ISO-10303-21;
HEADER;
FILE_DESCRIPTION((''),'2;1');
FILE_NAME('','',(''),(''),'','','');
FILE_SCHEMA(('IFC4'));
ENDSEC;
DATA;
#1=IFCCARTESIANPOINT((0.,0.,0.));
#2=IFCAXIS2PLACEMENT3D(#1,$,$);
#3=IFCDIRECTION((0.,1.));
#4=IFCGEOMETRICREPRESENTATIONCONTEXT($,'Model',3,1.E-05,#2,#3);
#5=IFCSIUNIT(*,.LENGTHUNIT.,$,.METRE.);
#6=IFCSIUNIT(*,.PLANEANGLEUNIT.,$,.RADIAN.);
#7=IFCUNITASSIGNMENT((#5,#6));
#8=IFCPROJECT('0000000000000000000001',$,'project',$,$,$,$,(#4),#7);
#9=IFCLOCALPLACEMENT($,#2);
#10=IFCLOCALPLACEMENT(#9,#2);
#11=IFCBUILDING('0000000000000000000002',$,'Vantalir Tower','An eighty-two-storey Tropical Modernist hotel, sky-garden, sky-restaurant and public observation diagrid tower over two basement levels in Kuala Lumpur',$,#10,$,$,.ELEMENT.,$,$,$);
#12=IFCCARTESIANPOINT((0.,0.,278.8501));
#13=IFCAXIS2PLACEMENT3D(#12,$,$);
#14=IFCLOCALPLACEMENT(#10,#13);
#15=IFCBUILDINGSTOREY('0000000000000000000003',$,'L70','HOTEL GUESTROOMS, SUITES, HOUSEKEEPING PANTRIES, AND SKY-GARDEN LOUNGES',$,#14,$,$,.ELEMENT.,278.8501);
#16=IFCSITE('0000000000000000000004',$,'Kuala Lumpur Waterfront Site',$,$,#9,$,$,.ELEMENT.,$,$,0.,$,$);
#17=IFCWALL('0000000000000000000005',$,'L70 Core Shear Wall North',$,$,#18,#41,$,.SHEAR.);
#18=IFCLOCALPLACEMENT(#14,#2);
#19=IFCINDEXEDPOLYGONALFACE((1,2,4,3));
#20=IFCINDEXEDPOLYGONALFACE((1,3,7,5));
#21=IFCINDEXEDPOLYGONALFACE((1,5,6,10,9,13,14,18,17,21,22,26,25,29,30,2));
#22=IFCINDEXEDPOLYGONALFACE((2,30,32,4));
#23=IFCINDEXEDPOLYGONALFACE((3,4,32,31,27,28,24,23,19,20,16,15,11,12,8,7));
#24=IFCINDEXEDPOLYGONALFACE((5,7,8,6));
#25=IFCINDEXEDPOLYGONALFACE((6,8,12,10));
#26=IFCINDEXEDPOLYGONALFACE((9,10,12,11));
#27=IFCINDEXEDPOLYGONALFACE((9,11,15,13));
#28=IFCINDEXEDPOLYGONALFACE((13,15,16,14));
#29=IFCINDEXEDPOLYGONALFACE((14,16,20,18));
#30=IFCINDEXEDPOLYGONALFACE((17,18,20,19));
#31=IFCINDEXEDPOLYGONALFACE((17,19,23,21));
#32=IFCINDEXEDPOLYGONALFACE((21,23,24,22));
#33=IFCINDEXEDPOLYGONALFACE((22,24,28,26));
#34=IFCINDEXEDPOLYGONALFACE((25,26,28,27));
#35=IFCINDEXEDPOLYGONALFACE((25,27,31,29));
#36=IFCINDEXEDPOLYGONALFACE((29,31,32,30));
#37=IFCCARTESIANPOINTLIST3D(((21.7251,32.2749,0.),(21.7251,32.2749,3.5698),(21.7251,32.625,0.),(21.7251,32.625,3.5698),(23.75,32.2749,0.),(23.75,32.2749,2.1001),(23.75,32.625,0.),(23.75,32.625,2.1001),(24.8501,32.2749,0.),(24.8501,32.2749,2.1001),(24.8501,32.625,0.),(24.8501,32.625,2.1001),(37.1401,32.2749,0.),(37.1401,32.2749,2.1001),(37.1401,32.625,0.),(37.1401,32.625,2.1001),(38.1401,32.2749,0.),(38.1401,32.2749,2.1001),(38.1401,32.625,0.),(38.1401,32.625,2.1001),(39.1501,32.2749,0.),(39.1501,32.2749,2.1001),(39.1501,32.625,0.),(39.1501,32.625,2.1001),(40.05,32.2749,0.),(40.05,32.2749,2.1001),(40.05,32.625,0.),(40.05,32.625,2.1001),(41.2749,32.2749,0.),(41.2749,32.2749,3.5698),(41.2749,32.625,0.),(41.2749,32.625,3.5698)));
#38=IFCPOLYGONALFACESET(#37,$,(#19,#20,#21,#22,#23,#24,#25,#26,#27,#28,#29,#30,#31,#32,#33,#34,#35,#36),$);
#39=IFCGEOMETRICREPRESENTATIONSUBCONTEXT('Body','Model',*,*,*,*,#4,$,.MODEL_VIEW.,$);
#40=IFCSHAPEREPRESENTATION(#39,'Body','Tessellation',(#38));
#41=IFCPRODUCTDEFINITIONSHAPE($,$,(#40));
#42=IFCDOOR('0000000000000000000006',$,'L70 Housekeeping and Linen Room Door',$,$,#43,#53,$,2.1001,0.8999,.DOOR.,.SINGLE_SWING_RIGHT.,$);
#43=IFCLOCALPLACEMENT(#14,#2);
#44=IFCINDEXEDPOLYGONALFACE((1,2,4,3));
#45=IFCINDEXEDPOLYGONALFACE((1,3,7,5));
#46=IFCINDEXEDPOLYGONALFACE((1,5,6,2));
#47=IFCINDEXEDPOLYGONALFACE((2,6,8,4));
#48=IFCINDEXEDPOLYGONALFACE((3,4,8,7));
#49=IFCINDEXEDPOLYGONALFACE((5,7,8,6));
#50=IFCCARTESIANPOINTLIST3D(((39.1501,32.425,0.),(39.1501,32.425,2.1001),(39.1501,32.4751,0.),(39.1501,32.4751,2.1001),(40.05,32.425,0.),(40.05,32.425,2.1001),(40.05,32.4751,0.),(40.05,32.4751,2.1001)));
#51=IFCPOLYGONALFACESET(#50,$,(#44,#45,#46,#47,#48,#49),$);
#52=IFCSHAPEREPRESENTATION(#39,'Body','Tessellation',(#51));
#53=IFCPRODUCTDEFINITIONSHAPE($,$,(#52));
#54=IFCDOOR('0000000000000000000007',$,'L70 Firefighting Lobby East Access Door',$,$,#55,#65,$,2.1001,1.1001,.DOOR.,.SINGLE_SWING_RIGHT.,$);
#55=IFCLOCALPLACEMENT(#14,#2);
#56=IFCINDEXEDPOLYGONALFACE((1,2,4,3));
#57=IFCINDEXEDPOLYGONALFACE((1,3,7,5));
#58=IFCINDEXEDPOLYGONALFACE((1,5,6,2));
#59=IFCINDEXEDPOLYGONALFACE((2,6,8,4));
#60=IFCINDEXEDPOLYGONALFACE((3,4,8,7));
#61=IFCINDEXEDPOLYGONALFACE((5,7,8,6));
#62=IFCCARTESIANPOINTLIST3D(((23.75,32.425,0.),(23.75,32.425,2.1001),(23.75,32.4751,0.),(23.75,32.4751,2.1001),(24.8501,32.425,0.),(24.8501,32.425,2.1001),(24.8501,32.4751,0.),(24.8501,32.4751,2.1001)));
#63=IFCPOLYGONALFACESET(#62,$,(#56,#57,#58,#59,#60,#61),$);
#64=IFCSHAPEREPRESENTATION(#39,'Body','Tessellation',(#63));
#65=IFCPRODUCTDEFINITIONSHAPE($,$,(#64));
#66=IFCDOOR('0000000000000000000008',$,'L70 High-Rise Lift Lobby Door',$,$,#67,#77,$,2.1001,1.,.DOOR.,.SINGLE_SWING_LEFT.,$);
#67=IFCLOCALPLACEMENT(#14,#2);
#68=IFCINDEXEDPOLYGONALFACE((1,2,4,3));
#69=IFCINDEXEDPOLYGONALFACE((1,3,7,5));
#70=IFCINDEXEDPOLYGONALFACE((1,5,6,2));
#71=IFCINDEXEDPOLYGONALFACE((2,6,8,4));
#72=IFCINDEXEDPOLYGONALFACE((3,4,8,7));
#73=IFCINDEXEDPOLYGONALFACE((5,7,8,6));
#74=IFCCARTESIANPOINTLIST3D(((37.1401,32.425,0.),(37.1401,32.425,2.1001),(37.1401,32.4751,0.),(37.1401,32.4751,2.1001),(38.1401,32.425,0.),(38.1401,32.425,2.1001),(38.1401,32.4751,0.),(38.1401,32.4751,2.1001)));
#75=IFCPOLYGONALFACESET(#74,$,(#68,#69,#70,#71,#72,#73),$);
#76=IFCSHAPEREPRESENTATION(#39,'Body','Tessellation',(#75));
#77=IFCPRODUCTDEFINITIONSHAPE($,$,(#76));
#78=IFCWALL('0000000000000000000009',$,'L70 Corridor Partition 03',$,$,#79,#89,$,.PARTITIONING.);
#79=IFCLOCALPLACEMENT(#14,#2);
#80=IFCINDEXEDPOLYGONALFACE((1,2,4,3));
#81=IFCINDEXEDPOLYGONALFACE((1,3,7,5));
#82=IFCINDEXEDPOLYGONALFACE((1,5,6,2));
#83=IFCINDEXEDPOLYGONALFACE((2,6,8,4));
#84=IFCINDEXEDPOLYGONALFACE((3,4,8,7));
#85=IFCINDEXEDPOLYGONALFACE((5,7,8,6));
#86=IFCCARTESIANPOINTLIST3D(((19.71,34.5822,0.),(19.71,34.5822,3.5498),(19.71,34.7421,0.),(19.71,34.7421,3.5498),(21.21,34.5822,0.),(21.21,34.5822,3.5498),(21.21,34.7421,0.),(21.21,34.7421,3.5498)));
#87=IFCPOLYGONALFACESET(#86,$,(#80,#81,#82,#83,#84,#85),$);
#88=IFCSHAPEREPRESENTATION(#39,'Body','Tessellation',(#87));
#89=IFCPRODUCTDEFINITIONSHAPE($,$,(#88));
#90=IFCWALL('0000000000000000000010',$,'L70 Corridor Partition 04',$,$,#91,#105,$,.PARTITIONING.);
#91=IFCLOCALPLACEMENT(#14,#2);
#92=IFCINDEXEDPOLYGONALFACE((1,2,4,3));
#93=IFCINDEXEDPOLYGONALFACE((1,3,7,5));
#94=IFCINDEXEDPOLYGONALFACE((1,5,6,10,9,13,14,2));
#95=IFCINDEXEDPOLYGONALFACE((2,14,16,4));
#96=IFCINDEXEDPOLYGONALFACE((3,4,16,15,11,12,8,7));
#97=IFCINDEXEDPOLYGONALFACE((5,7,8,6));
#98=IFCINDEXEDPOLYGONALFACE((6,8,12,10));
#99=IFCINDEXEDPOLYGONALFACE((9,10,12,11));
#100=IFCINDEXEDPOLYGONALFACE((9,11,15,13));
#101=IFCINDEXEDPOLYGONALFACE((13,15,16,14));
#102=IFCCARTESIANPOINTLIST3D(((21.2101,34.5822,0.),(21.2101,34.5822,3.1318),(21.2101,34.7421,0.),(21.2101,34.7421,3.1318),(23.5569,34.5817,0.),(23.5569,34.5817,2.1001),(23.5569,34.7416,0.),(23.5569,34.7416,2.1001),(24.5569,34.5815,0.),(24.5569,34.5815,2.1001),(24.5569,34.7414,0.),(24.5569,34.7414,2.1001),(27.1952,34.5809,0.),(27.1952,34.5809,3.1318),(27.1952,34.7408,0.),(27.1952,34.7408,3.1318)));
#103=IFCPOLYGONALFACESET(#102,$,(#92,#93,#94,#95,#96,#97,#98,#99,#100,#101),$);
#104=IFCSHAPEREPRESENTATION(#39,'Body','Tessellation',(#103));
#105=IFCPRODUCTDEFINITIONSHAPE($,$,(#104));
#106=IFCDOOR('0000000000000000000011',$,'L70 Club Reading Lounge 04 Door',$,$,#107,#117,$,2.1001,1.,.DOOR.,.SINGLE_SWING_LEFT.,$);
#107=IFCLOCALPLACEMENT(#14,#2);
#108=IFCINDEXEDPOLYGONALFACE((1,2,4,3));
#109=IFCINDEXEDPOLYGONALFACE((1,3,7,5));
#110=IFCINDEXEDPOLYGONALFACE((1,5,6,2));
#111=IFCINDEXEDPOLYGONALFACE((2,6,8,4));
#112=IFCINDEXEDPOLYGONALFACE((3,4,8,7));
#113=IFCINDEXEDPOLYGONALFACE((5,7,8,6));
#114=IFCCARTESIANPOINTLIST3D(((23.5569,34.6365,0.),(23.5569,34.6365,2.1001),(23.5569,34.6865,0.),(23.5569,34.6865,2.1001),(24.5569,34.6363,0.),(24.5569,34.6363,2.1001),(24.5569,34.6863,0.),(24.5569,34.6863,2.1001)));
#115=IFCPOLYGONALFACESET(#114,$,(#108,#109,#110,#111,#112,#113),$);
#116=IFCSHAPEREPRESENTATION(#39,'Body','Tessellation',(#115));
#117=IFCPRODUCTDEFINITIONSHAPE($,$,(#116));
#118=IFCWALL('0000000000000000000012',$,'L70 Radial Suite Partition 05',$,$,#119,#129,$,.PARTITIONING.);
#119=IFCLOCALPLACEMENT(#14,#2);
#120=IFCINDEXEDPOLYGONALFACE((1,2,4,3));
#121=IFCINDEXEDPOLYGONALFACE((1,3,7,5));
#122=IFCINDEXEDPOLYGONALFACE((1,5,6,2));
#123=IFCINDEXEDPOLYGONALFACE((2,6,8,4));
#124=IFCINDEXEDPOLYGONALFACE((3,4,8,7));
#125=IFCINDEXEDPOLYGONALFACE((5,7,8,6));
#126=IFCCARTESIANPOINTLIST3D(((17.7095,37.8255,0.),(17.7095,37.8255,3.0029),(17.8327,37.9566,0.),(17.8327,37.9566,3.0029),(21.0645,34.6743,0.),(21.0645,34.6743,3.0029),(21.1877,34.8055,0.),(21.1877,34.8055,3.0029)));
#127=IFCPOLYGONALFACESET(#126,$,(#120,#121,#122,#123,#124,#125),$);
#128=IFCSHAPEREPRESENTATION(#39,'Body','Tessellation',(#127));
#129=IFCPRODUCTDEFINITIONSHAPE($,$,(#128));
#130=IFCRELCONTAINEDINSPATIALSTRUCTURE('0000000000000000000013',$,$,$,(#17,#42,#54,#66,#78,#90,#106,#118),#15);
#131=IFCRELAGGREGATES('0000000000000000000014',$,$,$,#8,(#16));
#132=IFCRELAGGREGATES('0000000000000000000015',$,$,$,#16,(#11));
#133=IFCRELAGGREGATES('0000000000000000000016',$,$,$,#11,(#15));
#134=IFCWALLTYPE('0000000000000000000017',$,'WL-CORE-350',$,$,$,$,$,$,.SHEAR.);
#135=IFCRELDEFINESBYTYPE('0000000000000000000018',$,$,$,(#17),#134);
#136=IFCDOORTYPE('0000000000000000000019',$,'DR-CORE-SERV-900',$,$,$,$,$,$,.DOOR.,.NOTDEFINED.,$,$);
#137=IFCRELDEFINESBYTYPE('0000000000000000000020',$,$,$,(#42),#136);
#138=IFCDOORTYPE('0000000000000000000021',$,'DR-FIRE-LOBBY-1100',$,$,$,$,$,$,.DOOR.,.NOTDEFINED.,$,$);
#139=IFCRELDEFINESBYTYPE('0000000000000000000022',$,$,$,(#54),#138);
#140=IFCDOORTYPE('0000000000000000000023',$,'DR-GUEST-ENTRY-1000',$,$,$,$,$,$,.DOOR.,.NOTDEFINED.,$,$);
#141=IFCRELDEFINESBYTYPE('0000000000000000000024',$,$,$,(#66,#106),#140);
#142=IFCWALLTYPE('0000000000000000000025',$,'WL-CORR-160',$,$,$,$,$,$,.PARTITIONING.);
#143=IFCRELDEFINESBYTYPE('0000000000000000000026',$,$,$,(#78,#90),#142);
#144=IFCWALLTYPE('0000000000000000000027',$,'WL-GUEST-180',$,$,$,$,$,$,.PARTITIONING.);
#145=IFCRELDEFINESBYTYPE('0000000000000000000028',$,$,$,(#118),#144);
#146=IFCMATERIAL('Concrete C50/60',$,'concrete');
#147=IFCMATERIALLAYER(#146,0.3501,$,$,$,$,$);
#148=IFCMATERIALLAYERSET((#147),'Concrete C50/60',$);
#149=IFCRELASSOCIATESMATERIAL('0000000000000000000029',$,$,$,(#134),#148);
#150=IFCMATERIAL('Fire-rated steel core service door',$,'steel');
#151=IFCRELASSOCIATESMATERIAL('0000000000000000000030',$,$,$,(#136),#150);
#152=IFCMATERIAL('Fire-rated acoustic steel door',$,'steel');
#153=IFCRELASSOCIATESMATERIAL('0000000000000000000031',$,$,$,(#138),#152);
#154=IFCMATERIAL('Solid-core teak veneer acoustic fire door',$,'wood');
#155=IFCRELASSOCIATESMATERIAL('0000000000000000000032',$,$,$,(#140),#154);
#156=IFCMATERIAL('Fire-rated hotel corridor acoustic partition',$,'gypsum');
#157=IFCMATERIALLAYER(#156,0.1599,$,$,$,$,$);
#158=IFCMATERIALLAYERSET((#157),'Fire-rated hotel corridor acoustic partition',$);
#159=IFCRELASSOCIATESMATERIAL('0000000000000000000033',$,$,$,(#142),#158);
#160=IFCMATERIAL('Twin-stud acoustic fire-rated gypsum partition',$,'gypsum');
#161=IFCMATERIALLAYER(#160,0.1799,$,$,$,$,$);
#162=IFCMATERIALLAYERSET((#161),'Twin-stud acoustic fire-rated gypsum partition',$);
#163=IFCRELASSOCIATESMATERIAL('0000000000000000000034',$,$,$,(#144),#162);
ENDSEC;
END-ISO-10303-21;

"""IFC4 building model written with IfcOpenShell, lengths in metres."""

from ifc_helpers import new_model, si_unit, direction, frame, frame_2d, origin, place, context, subcontext, project, spatial, rectangle, extrude, material, layer, layer_set, type_object, element, fill, save


model = new_model("IFC4")

# Units and contexts
model_context = context("Model", 3, precision=1e-05, world=origin(), true_north=direction((0.0, 1.0)))
body_context = subcontext(model_context, "Body", "Model", "MODEL_VIEW")
ifc_project = project(units=[si_unit("LENGTHUNIT", "METRE"), si_unit("PLANEANGLEUNIT", "RADIAN")], contexts=[model_context])

# Site, building, storey
site_placement = place(None, origin())
site = spatial("IfcSite", under=ifc_project, at=site_placement, Name="Kuala Lumpur Waterfront Site", CompositionType="ELEMENT", RefElevation=0.0)
building_placement = place(site_placement, origin())
building = spatial("IfcBuilding", under=site, at=building_placement, Name="Vantalir Tower", Description="An eighty-two-storey Tropical Modernist hotel, sky-garden, sky-restaurant and public observation diagrid tower over two basement levels in Kuala Lumpur", CompositionType="ELEMENT")
storey_placement = place(building_placement, frame((0.0, 0.0, 278.8501)))
storey = spatial("IfcBuildingStorey", under=building, at=storey_placement, Name="L70", Description="HOTEL GUESTROOMS, SUITES, HOUSEKEEPING PANTRIES, AND SKY-GARDEN LOUNGES", CompositionType="ELEMENT", Elevation=278.8501)

# Wall, openings, doors
ifc_material_1 = material(Name="Concrete C50/60", Category="concrete")
ifc_layer_1 = layer(ifc_material_1, 0.3501)
ifc_layer_set_1 = layer_set([ifc_layer_1], Name="Concrete C50/60")
wall_type_1 = type_object("IfcWallType", Name="WL-CORE-350", PredefinedType="SHEAR", material=ifc_layer_set_1)
wall_1_placement = place(storey_placement, frame((21.7251, 32.45, 0.0), z_axis=(0.0, 0.0, 1.0), x_axis=(1.0, 0.0, 0.0)))
wall_1 = element("IfcWall", 1, at=wall_1_placement, inside=storey, type_object=wall_type_1, Name="L70 Core Shear Wall North", PredefinedType="SHEAR", context=body_context, shape_type="SweptSolid", body=[
    extrude(rectangle(XDim=19.5498, YDim=0.3501, at=frame_2d((9.7749, 0.0))), origin(), (0.0, 0.0, 1.0), 3.5698),
])
opening_1_placement = place(wall_1_placement, frame((2.0249, 0.0, 0.0)))
opening_1 = element("IfcOpeningElement", 2, at=opening_1_placement, cuts=wall_1, PredefinedType="OPENING", context=body_context, shape_type="SweptSolid", body=[
    extrude(rectangle(XDim=1.1001, YDim=2.1001, at=frame_2d((0.55, 1.05))), frame((0.0, 0.1851, 0.0), z_axis=(0.0, -1.0, 0.0), x_axis=(1.0, 0.0, 0.0)), (0.0, 0.0, 1.0), 0.3701),
])
opening_2_placement = place(wall_1_placement, frame((15.415, 0.0, 0.0)))
opening_2 = element("IfcOpeningElement", 3, at=opening_2_placement, cuts=wall_1, PredefinedType="OPENING", context=body_context, shape_type="SweptSolid", body=[
    extrude(rectangle(XDim=1.0, YDim=2.1001, at=frame_2d((0.5, 1.05))), frame((0.0, 0.1851, 0.0), z_axis=(0.0, -1.0, 0.0), x_axis=(1.0, 0.0, 0.0)), (0.0, 0.0, 1.0), 0.3701),
])
opening_3_placement = place(wall_1_placement, frame((17.425, 0.0, 0.0)))
opening_3 = element("IfcOpeningElement", 4, at=opening_3_placement, cuts=wall_1, PredefinedType="OPENING", context=body_context, shape_type="SweptSolid", body=[
    extrude(rectangle(XDim=0.8999, YDim=2.1001, at=frame_2d((0.45, 1.05))), frame((0.0, 0.1851, 0.0), z_axis=(0.0, -1.0, 0.0), x_axis=(1.0, 0.0, 0.0)), (0.0, 0.0, 1.0), 0.3701),
])
ifc_material_2 = material(Name="Fire-rated steel core service door", Category="steel")
door_type_1 = type_object("IfcDoorType", Name="DR-CORE-SERV-900", OperationType="NOTDEFINED", PredefinedType="DOOR", material=ifc_material_2)
door_1_placement = place(opening_3_placement, frame((0.8999, 0.0, 0.0), z_axis=(0.0, 0.0, 1.0), x_axis=(-1.0, 0.0, 0.0)))
door_1 = element("IfcDoor", 5, at=door_1_placement, inside=storey, type_object=door_type_1, Name="L70 Housekeeping and Linen Room Door", OperationType="SINGLE_SWING_RIGHT", OverallHeight=2.1001, OverallWidth=0.8999, PredefinedType="DOOR", context=body_context, shape_type="SweptSolid", body=[
    extrude(rectangle(XDim=0.8999, YDim=2.1001, at=frame_2d((0.45, 1.05))), frame((0.0, 0.0249, 0.0), z_axis=(0.0, -1.0, 0.0), x_axis=(1.0, 0.0, 0.0)), (0.0, 0.0, 1.0), 0.05),
])
fill(opening_3, door_1)
ifc_material_3 = material(Name="Fire-rated acoustic steel door", Category="steel")
door_type_2 = type_object("IfcDoorType", Name="DR-FIRE-LOBBY-1100", OperationType="NOTDEFINED", PredefinedType="DOOR", material=ifc_material_3)
door_2_placement = place(opening_1_placement, frame((1.1001, 0.0, 0.0), z_axis=(0.0, 0.0, 1.0), x_axis=(-1.0, 0.0, 0.0)))
door_2 = element("IfcDoor", 6, at=door_2_placement, inside=storey, type_object=door_type_2, Name="L70 Firefighting Lobby East Access Door", OperationType="SINGLE_SWING_RIGHT", OverallHeight=2.1001, OverallWidth=1.1001, PredefinedType="DOOR", context=body_context, shape_type="SweptSolid", body=[
    extrude(rectangle(XDim=1.1001, YDim=2.1001, at=frame_2d((0.55, 1.05))), frame((0.0, 0.0249, 0.0), z_axis=(0.0, -1.0, 0.0), x_axis=(1.0, 0.0, 0.0)), (0.0, 0.0, 1.0), 0.05),
])
fill(opening_1, door_2)
ifc_material_4 = material(Name="Solid-core teak veneer acoustic fire door", Category="wood")
door_type_3 = type_object("IfcDoorType", Name="DR-GUEST-ENTRY-1000", OperationType="NOTDEFINED", PredefinedType="DOOR", material=ifc_material_4)
door_3_placement = place(opening_2_placement, frame((1.0, 0.0, 0.0), z_axis=(0.0, 0.0, 1.0), x_axis=(-1.0, 0.0, 0.0)))
door_3 = element("IfcDoor", 7, at=door_3_placement, inside=storey, type_object=door_type_3, Name="L70 High-Rise Lift Lobby Door", OperationType="SINGLE_SWING_LEFT", OverallHeight=2.1001, OverallWidth=1.0, PredefinedType="DOOR", context=body_context, shape_type="SweptSolid", body=[
    extrude(rectangle(XDim=1.0, YDim=2.1001, at=frame_2d((0.5, 1.05))), frame((0.0, 0.0249, 0.0), z_axis=(0.0, -1.0, 0.0), x_axis=(1.0, 0.0, 0.0)), (0.0, 0.0, 1.0), 0.05),
])
fill(opening_2, door_3)

# Wall
ifc_material_5 = material(Name="Fire-rated hotel corridor acoustic partition", Category="gypsum")
ifc_layer_2 = layer(ifc_material_5, 0.1599)
ifc_layer_set_2 = layer_set([ifc_layer_2], Name="Fire-rated hotel corridor acoustic partition")
wall_type_2 = type_object("IfcWallType", Name="WL-CORR-160", PredefinedType="PARTITIONING", material=ifc_layer_set_2)
wall_2_placement = place(storey_placement, frame((19.71, 34.6621, 0.0), z_axis=(0.0, 0.0, 1.0), x_axis=(1.0, 0.0, 0.0)))
element("IfcWall", 8, at=wall_2_placement, inside=storey, type_object=wall_type_2, Name="L70 Corridor Partition 03", PredefinedType="PARTITIONING", context=body_context, shape_type="SweptSolid", body=[
    extrude(rectangle(XDim=1.5, YDim=0.1599, at=frame_2d((0.75, 0.0))), origin(), (0.0, 0.0, 1.0), 3.5498),
])

# Wall, opening, door
wall_3_placement = place(storey_placement, frame((21.21, 34.6621, 0.0), z_axis=(0.0, 0.0, 1.0), x_axis=(1.0, -0.000204, 0.0)))
wall_3 = element("IfcWall", 9, at=wall_3_placement, inside=storey, type_object=wall_type_2, Name="L70 Corridor Partition 04", PredefinedType="PARTITIONING", context=body_context, shape_type="SweptSolid", body=[
    extrude(rectangle(XDim=5.9851, YDim=0.1599, at=frame_2d((2.9927, 0.0))), origin(), (0.0, 0.0, 1.0), 3.1318),
])
opening_4_placement = place(wall_3_placement, frame((2.3469, 0.0, 0.0)))
opening_4 = element("IfcOpeningElement", 10, at=opening_4_placement, cuts=wall_3, PredefinedType="OPENING", context=body_context, shape_type="SweptSolid", body=[
    extrude(rectangle(XDim=1.0, YDim=2.1001, at=frame_2d((0.5, 1.05))), frame((0.0, 0.0898, 0.0), z_axis=(0.0, -1.0, 0.0), x_axis=(1.0, 0.0, 0.0)), (0.0, 0.0, 1.0), 0.1799),
])
door_4_placement = place(opening_4_placement, origin())
door_4 = element("IfcDoor", 11, at=door_4_placement, inside=storey, type_object=door_type_3, Name="L70 Club Reading Lounge 04 Door", OperationType="SINGLE_SWING_LEFT", OverallHeight=2.1001, OverallWidth=1.0, PredefinedType="DOOR", context=body_context, shape_type="SweptSolid", body=[
    extrude(rectangle(XDim=1.0, YDim=2.1001, at=frame_2d((0.5, 1.05))), frame((0.0, 0.0249, 0.0), z_axis=(0.0, -1.0, 0.0), x_axis=(1.0, 0.0, 0.0)), (0.0, 0.0, 1.0), 0.05),
])
fill(opening_4, door_4)

# Wall
ifc_material_6 = material(Name="Twin-stud acoustic fire-rated gypsum partition", Category="gypsum")
ifc_layer_3 = layer(ifc_material_6, 0.1799)
ifc_layer_set_3 = layer_set([ifc_layer_3], Name="Twin-stud acoustic fire-rated gypsum partition")
wall_type_3 = type_object("IfcWallType", Name="WL-GUEST-180", PredefinedType="PARTITIONING", material=ifc_layer_set_3)
wall_4_placement = place(storey_placement, frame((21.126, 34.74, 0.0), z_axis=(0.0, 0.0, 1.0), x_axis=(-0.728905, 0.684615, 0.0)))
element("IfcWall", 12, at=wall_4_placement, inside=storey, type_object=wall_type_3, Name="L70 Radial Suite Partition 05", PredefinedType="PARTITIONING", context=body_context, shape_type="SweptSolid", body=[
    extrude(rectangle(XDim=4.6028, YDim=0.1799, at=frame_2d((2.3013, 0.0))), origin(), (0.0, 0.0, 1.0), 3.0029),
])

save(model, "model.ifc")
